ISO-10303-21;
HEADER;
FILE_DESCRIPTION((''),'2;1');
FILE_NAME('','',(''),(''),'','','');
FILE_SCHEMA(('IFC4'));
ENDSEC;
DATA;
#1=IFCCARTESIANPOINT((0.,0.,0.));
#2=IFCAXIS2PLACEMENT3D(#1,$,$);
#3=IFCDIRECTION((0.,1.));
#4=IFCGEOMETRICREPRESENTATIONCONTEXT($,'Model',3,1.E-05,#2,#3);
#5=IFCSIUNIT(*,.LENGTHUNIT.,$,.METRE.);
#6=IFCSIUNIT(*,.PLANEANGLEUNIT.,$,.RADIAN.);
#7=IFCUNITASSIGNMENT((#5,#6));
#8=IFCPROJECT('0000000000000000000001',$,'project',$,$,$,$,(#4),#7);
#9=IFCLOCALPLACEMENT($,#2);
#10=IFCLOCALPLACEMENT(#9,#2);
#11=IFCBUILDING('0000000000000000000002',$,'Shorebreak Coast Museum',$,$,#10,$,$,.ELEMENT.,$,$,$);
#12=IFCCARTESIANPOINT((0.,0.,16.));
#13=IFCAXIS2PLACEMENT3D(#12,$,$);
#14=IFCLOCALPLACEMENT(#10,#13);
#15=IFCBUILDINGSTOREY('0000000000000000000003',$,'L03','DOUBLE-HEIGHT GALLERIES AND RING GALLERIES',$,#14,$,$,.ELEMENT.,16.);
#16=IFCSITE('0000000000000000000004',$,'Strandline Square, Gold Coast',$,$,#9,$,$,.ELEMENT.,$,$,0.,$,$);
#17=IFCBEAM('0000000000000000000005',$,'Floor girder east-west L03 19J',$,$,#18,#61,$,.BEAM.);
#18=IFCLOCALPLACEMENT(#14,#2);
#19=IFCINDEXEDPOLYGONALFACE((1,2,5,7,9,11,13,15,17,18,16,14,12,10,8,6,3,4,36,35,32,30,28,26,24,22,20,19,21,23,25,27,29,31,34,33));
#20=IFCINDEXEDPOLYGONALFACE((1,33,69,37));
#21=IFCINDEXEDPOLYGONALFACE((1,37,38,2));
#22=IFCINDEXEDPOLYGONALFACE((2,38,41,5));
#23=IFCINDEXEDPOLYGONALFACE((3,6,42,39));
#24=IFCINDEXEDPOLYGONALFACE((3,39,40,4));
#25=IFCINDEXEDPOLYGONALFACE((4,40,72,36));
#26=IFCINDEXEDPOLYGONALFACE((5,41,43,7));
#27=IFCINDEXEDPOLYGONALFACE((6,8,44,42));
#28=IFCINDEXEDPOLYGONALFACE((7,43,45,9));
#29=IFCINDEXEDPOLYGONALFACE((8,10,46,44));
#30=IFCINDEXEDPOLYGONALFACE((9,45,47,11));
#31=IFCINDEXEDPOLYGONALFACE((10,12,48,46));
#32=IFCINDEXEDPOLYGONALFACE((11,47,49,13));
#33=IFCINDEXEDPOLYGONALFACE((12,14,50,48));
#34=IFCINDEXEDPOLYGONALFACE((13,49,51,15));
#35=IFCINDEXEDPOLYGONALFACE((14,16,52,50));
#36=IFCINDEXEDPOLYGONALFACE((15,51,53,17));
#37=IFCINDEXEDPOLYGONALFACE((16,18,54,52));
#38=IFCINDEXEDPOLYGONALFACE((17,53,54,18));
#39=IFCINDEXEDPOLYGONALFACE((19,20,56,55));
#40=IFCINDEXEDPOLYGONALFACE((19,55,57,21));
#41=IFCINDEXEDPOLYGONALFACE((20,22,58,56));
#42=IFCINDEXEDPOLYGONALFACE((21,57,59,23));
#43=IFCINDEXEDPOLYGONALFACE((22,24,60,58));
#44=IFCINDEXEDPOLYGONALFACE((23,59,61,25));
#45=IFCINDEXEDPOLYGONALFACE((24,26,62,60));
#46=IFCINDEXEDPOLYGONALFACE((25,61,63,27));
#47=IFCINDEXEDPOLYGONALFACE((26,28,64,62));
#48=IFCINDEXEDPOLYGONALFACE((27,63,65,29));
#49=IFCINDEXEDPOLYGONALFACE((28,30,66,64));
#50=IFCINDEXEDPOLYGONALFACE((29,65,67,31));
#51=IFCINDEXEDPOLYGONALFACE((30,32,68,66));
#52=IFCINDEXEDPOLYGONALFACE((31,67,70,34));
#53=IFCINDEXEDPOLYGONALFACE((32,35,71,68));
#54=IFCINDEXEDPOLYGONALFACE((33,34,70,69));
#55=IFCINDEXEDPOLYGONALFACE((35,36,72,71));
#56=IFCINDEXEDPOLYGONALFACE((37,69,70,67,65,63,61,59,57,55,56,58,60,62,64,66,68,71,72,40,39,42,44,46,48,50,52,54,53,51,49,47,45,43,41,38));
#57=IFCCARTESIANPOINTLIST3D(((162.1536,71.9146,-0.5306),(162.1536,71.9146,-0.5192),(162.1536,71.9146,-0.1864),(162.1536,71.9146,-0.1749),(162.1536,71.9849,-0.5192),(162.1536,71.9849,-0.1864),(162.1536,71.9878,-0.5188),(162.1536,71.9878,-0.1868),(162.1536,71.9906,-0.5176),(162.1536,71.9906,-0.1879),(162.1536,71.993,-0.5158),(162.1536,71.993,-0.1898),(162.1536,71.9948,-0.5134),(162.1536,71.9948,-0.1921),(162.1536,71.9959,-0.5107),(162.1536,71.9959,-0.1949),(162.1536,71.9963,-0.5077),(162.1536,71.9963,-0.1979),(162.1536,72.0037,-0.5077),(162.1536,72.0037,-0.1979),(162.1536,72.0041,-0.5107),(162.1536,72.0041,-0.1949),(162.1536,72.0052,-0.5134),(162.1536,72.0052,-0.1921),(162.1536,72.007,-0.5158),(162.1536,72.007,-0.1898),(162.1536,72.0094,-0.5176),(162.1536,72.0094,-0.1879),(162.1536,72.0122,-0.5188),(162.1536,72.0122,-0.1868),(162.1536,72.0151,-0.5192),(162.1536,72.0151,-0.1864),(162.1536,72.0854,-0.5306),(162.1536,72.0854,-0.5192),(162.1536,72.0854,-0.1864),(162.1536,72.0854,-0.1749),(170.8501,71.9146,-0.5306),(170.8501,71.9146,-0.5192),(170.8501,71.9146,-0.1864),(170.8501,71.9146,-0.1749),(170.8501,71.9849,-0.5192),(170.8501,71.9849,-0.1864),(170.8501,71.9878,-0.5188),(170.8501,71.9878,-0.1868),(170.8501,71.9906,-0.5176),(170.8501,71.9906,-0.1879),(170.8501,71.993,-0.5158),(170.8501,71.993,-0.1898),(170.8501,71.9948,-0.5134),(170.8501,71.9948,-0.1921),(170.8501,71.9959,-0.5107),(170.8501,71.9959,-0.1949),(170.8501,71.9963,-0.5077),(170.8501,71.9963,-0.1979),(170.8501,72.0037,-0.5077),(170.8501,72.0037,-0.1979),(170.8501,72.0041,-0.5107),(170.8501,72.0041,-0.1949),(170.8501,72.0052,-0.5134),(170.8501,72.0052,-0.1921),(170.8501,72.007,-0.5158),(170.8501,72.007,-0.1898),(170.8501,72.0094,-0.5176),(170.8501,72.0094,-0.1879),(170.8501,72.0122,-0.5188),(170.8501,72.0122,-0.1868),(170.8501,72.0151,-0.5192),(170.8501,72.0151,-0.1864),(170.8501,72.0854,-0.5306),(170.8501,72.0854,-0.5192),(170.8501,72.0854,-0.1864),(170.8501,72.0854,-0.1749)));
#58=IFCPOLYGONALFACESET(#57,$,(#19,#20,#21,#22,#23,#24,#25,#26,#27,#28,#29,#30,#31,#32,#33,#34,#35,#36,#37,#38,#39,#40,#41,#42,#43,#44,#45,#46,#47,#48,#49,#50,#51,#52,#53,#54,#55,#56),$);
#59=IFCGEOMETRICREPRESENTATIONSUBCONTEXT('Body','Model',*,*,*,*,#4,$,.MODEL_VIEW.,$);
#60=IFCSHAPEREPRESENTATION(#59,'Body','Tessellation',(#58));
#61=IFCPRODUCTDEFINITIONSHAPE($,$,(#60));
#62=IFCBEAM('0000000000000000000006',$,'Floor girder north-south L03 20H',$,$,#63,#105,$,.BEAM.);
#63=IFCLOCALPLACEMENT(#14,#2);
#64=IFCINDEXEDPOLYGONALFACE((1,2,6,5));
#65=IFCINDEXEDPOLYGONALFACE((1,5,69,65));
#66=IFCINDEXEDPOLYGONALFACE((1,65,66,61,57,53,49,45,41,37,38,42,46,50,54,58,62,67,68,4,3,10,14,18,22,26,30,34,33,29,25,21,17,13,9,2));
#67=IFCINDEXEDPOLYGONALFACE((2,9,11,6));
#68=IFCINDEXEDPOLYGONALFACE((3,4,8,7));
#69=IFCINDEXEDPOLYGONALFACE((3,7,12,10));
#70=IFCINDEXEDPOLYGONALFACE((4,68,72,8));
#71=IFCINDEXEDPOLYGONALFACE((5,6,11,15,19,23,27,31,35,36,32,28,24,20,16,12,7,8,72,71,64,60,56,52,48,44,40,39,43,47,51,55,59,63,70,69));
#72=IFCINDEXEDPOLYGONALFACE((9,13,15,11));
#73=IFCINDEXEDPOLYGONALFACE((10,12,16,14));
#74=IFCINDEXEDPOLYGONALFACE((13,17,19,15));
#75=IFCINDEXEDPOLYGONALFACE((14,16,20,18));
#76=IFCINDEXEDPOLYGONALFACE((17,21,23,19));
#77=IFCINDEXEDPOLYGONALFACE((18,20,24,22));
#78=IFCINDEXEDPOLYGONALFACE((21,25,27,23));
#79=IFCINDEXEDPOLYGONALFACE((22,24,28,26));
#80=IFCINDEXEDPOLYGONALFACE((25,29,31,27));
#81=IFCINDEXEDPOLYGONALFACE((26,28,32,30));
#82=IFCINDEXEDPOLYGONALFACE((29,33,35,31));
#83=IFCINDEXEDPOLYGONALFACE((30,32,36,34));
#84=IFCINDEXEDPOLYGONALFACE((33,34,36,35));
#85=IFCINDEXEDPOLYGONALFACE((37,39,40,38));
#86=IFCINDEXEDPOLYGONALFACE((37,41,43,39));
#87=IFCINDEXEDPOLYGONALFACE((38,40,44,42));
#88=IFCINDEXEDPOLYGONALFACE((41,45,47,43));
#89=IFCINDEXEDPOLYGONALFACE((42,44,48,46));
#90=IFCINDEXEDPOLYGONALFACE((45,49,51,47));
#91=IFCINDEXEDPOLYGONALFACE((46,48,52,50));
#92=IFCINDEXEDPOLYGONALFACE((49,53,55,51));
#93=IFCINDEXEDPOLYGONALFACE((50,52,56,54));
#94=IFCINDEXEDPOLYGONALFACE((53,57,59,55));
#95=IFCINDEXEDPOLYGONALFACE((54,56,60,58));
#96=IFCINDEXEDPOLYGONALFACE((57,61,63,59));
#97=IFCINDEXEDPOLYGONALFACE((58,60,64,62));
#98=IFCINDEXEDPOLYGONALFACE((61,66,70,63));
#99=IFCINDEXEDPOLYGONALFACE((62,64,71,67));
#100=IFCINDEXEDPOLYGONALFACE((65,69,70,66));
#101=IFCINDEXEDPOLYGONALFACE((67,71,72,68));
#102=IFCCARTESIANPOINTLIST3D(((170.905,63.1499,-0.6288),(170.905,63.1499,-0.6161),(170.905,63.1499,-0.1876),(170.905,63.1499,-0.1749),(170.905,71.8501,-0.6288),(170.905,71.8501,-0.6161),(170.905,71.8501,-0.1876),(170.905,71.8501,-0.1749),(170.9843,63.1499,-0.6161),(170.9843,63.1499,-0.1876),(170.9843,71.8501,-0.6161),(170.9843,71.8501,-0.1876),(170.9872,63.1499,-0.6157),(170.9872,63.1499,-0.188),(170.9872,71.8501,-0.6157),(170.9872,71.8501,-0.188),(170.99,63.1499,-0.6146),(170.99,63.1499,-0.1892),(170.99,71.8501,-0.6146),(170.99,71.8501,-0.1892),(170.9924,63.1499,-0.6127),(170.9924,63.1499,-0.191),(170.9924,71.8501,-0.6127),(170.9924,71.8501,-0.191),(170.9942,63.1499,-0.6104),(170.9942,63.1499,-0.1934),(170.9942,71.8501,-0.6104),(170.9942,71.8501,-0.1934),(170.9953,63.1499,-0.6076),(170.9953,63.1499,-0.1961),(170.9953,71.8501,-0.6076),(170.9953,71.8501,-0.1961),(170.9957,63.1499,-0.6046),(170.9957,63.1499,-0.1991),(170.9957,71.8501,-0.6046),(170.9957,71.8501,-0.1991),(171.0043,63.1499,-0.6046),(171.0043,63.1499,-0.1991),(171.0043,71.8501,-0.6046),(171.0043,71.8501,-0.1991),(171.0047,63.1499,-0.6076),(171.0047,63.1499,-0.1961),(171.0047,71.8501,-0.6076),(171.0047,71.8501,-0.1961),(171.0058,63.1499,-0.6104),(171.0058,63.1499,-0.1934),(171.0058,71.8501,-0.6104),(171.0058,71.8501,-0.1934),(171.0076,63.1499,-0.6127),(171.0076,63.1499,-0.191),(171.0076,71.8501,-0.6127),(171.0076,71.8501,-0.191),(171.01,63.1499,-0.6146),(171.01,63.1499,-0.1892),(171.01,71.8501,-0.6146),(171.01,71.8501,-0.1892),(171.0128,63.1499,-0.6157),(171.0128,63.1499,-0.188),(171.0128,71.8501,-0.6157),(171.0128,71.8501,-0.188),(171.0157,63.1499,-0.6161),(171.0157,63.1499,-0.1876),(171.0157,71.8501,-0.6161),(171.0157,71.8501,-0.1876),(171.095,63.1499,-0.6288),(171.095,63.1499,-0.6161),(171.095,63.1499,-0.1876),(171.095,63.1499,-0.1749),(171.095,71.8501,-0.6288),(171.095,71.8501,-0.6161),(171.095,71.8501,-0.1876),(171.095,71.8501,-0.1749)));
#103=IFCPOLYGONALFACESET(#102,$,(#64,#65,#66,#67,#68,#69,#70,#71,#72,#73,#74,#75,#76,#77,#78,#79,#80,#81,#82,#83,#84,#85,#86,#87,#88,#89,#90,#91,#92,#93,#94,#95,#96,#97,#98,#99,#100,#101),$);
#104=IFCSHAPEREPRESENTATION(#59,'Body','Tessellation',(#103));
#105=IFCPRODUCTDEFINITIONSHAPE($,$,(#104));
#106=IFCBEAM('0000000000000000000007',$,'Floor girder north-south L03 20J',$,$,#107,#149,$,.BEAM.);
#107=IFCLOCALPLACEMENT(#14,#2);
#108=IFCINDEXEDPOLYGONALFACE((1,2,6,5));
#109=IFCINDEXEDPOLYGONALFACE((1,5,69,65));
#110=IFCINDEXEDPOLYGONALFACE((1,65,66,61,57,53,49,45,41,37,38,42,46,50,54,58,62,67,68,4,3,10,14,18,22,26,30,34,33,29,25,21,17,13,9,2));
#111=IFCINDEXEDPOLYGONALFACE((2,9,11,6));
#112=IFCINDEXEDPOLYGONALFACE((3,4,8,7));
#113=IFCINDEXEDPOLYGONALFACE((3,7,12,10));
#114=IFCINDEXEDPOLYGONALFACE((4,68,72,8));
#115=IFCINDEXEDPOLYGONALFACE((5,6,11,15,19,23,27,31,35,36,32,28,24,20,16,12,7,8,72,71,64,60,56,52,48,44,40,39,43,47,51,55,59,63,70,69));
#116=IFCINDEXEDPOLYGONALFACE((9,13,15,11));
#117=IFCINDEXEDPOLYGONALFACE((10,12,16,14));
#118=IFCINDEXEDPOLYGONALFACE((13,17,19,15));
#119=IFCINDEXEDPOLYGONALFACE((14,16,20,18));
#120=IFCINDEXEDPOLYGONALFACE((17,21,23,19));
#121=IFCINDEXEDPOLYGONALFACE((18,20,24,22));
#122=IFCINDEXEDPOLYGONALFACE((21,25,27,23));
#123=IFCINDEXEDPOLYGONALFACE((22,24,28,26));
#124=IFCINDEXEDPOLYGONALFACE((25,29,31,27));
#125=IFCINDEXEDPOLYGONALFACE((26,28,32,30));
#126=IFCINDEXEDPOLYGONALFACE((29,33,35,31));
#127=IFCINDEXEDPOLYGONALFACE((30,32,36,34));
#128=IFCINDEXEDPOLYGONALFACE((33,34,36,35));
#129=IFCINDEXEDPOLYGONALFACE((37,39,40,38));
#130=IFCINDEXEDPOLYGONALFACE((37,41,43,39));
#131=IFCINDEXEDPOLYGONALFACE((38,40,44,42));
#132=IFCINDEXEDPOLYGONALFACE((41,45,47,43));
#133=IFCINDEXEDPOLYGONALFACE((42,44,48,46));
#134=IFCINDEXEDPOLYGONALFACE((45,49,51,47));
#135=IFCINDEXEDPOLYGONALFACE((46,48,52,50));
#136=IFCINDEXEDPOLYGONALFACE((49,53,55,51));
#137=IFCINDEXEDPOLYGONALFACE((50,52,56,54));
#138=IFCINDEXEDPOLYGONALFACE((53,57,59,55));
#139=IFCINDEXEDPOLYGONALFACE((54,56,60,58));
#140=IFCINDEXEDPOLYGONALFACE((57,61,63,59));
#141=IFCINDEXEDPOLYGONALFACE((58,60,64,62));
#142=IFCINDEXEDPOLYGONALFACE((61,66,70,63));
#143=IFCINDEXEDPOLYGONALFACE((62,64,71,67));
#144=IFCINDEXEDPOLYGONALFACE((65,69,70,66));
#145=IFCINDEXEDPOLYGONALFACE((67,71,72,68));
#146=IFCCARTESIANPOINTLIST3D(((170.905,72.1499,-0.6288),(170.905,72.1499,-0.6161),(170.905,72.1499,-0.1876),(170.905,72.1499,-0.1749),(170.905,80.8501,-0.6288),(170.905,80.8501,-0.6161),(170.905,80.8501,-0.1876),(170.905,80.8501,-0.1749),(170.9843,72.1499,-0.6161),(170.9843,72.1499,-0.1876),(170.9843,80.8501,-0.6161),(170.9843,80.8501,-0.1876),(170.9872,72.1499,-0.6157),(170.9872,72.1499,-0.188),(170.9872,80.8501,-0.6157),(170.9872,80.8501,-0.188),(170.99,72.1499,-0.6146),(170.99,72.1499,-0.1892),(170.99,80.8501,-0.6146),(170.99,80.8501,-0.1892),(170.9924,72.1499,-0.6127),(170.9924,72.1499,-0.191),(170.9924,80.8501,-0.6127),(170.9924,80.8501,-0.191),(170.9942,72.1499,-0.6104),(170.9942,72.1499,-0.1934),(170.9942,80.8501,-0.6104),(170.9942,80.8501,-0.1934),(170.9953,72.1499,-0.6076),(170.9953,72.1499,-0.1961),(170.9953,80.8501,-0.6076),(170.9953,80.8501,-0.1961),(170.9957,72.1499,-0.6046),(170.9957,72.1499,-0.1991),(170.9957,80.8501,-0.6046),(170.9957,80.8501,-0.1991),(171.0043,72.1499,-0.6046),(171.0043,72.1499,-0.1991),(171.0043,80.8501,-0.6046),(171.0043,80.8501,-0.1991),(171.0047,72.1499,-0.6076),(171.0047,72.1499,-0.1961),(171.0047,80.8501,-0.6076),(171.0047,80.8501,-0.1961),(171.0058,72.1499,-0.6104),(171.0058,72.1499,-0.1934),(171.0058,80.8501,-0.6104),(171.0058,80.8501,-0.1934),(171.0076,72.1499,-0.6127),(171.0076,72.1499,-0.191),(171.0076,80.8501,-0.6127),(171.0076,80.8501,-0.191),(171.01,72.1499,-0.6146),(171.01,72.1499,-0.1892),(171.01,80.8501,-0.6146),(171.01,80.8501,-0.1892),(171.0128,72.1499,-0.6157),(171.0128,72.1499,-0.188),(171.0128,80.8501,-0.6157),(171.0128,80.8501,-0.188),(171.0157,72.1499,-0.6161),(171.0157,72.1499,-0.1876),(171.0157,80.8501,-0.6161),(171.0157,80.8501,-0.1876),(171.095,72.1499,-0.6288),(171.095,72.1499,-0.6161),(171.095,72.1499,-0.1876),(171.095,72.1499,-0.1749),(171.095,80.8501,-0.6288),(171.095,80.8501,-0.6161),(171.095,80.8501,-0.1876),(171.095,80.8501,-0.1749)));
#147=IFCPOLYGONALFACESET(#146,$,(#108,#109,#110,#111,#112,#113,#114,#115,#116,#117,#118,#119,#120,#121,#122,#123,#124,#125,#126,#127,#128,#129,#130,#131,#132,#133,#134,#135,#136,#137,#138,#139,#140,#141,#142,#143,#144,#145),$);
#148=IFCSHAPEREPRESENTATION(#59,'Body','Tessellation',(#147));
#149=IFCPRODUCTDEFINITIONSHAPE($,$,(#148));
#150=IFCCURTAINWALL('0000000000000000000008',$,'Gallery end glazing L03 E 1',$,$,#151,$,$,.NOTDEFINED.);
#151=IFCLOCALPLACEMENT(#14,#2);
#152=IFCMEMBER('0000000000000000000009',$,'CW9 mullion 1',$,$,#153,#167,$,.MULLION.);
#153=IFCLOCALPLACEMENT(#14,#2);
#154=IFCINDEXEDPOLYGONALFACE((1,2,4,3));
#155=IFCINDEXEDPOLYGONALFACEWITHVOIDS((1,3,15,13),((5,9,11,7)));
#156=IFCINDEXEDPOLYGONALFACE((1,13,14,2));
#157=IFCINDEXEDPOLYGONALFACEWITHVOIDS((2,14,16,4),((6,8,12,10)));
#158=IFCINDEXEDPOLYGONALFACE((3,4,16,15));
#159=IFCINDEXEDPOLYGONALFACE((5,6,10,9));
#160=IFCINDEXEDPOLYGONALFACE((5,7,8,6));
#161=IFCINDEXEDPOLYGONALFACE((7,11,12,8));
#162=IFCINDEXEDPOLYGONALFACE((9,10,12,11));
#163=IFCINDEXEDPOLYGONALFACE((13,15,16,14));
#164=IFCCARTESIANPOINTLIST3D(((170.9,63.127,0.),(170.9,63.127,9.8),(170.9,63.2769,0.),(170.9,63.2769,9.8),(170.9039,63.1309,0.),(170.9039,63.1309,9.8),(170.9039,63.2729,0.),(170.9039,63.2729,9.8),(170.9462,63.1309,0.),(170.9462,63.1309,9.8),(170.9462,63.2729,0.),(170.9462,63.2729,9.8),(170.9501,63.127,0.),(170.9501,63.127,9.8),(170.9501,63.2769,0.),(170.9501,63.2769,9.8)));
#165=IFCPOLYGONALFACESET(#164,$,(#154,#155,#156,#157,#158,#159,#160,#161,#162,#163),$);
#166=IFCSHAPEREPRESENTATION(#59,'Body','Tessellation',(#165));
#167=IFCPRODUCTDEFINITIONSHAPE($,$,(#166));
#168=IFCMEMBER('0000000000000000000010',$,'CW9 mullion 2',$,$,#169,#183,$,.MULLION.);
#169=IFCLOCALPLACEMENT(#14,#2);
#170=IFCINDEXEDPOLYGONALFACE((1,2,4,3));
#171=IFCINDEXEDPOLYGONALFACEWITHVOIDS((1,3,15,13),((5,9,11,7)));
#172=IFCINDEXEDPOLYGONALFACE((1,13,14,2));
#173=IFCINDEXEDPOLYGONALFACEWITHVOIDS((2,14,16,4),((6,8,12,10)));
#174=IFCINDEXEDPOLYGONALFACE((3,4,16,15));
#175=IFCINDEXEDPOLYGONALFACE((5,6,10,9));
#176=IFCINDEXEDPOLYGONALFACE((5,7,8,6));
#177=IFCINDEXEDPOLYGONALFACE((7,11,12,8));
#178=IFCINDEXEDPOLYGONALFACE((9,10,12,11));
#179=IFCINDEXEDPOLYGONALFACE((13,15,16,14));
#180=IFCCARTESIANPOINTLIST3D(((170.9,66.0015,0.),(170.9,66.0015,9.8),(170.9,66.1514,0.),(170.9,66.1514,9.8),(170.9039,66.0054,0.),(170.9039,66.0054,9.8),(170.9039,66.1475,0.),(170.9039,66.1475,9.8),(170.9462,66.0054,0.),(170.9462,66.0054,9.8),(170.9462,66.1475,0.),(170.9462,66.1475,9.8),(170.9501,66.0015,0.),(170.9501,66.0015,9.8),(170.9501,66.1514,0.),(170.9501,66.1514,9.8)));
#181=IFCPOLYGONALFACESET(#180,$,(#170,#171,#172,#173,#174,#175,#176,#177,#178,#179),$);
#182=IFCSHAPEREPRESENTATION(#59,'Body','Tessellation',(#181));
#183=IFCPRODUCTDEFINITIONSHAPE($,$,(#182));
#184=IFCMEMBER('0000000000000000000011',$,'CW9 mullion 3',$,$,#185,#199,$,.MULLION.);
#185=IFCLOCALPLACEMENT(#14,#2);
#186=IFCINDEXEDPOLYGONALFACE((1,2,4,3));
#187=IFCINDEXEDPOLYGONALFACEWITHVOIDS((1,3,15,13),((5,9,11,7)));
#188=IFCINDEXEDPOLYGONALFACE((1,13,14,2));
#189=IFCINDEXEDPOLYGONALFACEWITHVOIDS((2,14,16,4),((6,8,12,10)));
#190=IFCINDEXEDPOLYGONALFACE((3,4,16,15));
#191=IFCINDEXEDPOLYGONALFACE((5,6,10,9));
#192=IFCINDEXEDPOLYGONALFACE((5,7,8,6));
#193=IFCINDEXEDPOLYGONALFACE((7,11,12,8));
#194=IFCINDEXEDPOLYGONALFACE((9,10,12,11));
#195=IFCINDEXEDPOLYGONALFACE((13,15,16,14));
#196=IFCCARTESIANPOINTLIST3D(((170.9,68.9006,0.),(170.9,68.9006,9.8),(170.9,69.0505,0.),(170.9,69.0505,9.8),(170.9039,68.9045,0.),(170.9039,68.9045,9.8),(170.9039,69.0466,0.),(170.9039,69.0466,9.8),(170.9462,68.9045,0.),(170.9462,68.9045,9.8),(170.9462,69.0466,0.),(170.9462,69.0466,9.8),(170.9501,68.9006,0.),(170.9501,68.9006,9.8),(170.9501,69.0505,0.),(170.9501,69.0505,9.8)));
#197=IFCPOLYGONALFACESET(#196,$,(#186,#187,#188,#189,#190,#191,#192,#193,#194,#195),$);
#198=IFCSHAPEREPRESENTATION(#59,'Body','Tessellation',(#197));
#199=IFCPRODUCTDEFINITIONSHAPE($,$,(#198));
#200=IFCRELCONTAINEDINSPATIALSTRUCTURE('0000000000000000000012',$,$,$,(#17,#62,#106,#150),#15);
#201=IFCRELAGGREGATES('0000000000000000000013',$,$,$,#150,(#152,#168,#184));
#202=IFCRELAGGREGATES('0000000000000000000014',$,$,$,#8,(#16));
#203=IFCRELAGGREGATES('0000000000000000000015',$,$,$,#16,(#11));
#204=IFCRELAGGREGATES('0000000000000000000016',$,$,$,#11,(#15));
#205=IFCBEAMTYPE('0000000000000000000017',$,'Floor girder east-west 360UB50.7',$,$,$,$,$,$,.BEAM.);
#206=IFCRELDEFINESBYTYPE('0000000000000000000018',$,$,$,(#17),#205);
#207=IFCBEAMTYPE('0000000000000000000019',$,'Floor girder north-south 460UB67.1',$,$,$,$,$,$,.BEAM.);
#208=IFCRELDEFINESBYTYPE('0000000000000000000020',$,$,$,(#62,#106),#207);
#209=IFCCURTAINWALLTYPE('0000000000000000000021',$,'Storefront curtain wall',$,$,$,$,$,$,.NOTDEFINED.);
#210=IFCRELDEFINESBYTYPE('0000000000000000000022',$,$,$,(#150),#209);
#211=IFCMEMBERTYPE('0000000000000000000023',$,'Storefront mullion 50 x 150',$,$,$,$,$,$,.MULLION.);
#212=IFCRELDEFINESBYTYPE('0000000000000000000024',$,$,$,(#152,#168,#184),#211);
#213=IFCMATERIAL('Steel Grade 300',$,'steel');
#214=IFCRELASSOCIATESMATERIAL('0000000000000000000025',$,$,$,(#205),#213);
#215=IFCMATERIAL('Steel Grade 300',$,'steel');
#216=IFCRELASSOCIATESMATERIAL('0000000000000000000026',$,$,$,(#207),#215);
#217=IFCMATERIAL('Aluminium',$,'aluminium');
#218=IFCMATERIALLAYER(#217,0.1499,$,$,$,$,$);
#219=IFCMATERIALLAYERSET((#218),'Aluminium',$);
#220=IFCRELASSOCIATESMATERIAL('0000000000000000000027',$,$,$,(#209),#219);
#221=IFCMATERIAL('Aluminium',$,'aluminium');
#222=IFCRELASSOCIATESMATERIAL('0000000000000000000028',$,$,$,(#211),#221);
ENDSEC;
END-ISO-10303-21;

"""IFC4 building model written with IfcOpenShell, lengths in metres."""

from ifc_helpers import new_model, si_unit, direction, frame, origin, origin_2d, place, context, subcontext, project, spatial, hollow_rectangle, i_section, extrude, material, layer, layer_set, material_profile, profile_set, type_object, element, aggregate, save


model = new_model("IFC4")

# Units and contexts
model_context = context("Model", 3, precision=1e-05, world=origin(), true_north=direction((0.0, 1.0)))
body_context = subcontext(model_context, "Body", "Model", "MODEL_VIEW")
ifc_project = project(units=[si_unit("LENGTHUNIT", "METRE"), si_unit("PLANEANGLEUNIT", "RADIAN")], contexts=[model_context])

# Site, building, storey
site_placement = place(None, origin())
site = spatial("IfcSite", under=ifc_project, at=site_placement, Name="Strandline Square, Gold Coast", CompositionType="ELEMENT", RefElevation=0.0)
building_placement = place(site_placement, origin())
building = spatial("IfcBuilding", under=site, at=building_placement, Name="Shorebreak Coast Museum", CompositionType="ELEMENT")
storey_placement = place(building_placement, frame((0.0, 0.0, 16.0)))
storey = spatial("IfcBuildingStorey", under=building, at=storey_placement, Name="L03", Description="DOUBLE-HEIGHT GALLERIES AND RING GALLERIES", CompositionType="ELEMENT", Elevation=16.0)

# Beams
ifc_material_1 = material(Name="Steel Grade 300", Category="steel")
ifc_material_profile_1 = material_profile(ifc_material_1, i_section(OverallWidth=0.1709, OverallDepth=0.3557, WebThickness=0.0073, FlangeThickness=0.0115, FilletRadius=0.0115, at=origin_2d()), Name="360UB50.7")
ifc_profile_set_1 = profile_set([ifc_material_profile_1], Name="Steel Grade 300")
beam_type_1 = type_object("IfcBeamType", Name="Floor girder east-west 360UB50.7", PredefinedType="BEAM", material=ifc_profile_set_1)
for number, where, z_axis, x_axis, name in (
    (1, (162.1536, 72.0, -0.3528), (1.0, 0.0, 0.0), (0.0, 1.0, 0.0), "Floor girder east-west L03 19J"),
):
    element("IfcBeam", number, at=place(storey_placement, frame(where, z_axis=z_axis, x_axis=x_axis)), inside=storey, type_object=beam_type_1, Name=name, PredefinedType="BEAM", context=body_context, shape_type="SweptSolid", body=[
        extrude(i_section(OverallWidth=0.1709, OverallDepth=0.3557, WebThickness=0.0073, FlangeThickness=0.0115, FilletRadius=0.0115, at=origin_2d()), origin(), (0.0, 0.0, 1.0), 8.6965),
    ])
ifc_material_2 = material(Name="Steel Grade 300", Category="steel")
ifc_material_profile_2 = material_profile(ifc_material_2, i_section(OverallWidth=0.1899, OverallDepth=0.4539, WebThickness=0.0085, FlangeThickness=0.0127, FilletRadius=0.0115, at=origin_2d()), Name="460UB67.1")
ifc_profile_set_2 = profile_set([ifc_material_profile_2], Name="Steel Grade 300")
beam_type_2 = type_object("IfcBeamType", Name="Floor girder north-south 460UB67.1", PredefinedType="BEAM", material=ifc_profile_set_2)
for number, where, z_axis, x_axis, name in (
    (2, (171.0, 63.1499, -0.4019), (0.0, 1.0, 0.0), (-1.0, 0.0, 0.0), "Floor girder north-south L03 20H"),
    (3, (171.0, 72.1499, -0.4019), (0.0, 1.0, 0.0), (-1.0, 0.0, 0.0), "Floor girder north-south L03 20J"),
):
    element("IfcBeam", number, at=place(storey_placement, frame(where, z_axis=z_axis, x_axis=x_axis)), inside=storey, type_object=beam_type_2, Name=name, PredefinedType="BEAM", context=body_context, shape_type="SweptSolid", body=[
        extrude(i_section(OverallWidth=0.1899, OverallDepth=0.4539, WebThickness=0.0085, FlangeThickness=0.0127, FilletRadius=0.0115, at=origin_2d()), origin(), (0.0, 0.0, 1.0), 8.7002),
    ])

# Curtain wall, members
ifc_material_3 = material(Name="Aluminium", Category="aluminium")
ifc_layer_1 = layer(ifc_material_3, 0.1499)
ifc_layer_set_1 = layer_set([ifc_layer_1], Name="Aluminium")
curtain_wall_type = type_object("IfcCurtainWallType", Name="Storefront curtain wall", PredefinedType="NOTDEFINED", material=ifc_layer_set_1)
curtain_wall_1_placement = place(storey_placement, origin())
curtain_wall_1 = element("IfcCurtainWall", 4, at=curtain_wall_1_placement, inside=storey, type_object=curtain_wall_type, Name="Gallery end glazing L03 E 1", PredefinedType="NOTDEFINED")
ifc_material_4 = material(Name="Aluminium", Category="aluminium")
ifc_material_profile_3 = material_profile(ifc_material_4, hollow_rectangle(XDim=0.05, YDim=0.1499, WallThickness=0.0039, at=origin_2d()), Name="AL 150x50 RHS")
ifc_profile_set_3 = profile_set([ifc_material_profile_3], Name="Aluminium")
member_type_1 = type_object("IfcMemberType", Name="Storefront mullion 50 x 150", PredefinedType="MULLION", material=ifc_profile_set_3)
member_1_placement = place(storey_placement, frame((170.925, 63.2019, 0.0), z_axis=(0.0, 0.0, 1.0), x_axis=(-1.0, 0.0, 0.0)))
member_1 = element("IfcMember", 5, at=member_1_placement, type_object=member_type_1, Name="CW9 mullion 1", PredefinedType="MULLION", context=body_context, shape_type="SweptSolid", body=[
    extrude(hollow_rectangle(XDim=0.05, YDim=0.1499, WallThickness=0.0039, at=origin_2d()), origin(), (0.0, 0.0, 1.0), 9.8),
])
member_2_placement = place(storey_placement, frame((170.925, 66.0764, 0.0), z_axis=(0.0, 0.0, 1.0), x_axis=(-1.0, 0.0, 0.0)))
member_2 = element("IfcMember", 6, at=member_2_placement, type_object=member_type_1, Name="CW9 mullion 2", PredefinedType="MULLION", context=body_context, shape_type="SweptSolid", body=[
    extrude(hollow_rectangle(XDim=0.05, YDim=0.1499, WallThickness=0.0039, at=origin_2d()), origin(), (0.0, 0.0, 1.0), 9.8),
])
member_3_placement = place(storey_placement, frame((170.925, 68.9756, 0.0), z_axis=(0.0, 0.0, 1.0), x_axis=(-1.0, 0.0, 0.0)))
member_3 = element("IfcMember", 7, at=member_3_placement, type_object=member_type_1, Name="CW9 mullion 3", PredefinedType="MULLION", context=body_context, shape_type="SweptSolid", body=[
    extrude(hollow_rectangle(XDim=0.05, YDim=0.1499, WallThickness=0.0039, at=origin_2d()), origin(), (0.0, 0.0, 1.0), 9.8),
])

aggregate(curtain_wall_1, [member_1, member_2, member_3])

save(model, "model.ifc")
